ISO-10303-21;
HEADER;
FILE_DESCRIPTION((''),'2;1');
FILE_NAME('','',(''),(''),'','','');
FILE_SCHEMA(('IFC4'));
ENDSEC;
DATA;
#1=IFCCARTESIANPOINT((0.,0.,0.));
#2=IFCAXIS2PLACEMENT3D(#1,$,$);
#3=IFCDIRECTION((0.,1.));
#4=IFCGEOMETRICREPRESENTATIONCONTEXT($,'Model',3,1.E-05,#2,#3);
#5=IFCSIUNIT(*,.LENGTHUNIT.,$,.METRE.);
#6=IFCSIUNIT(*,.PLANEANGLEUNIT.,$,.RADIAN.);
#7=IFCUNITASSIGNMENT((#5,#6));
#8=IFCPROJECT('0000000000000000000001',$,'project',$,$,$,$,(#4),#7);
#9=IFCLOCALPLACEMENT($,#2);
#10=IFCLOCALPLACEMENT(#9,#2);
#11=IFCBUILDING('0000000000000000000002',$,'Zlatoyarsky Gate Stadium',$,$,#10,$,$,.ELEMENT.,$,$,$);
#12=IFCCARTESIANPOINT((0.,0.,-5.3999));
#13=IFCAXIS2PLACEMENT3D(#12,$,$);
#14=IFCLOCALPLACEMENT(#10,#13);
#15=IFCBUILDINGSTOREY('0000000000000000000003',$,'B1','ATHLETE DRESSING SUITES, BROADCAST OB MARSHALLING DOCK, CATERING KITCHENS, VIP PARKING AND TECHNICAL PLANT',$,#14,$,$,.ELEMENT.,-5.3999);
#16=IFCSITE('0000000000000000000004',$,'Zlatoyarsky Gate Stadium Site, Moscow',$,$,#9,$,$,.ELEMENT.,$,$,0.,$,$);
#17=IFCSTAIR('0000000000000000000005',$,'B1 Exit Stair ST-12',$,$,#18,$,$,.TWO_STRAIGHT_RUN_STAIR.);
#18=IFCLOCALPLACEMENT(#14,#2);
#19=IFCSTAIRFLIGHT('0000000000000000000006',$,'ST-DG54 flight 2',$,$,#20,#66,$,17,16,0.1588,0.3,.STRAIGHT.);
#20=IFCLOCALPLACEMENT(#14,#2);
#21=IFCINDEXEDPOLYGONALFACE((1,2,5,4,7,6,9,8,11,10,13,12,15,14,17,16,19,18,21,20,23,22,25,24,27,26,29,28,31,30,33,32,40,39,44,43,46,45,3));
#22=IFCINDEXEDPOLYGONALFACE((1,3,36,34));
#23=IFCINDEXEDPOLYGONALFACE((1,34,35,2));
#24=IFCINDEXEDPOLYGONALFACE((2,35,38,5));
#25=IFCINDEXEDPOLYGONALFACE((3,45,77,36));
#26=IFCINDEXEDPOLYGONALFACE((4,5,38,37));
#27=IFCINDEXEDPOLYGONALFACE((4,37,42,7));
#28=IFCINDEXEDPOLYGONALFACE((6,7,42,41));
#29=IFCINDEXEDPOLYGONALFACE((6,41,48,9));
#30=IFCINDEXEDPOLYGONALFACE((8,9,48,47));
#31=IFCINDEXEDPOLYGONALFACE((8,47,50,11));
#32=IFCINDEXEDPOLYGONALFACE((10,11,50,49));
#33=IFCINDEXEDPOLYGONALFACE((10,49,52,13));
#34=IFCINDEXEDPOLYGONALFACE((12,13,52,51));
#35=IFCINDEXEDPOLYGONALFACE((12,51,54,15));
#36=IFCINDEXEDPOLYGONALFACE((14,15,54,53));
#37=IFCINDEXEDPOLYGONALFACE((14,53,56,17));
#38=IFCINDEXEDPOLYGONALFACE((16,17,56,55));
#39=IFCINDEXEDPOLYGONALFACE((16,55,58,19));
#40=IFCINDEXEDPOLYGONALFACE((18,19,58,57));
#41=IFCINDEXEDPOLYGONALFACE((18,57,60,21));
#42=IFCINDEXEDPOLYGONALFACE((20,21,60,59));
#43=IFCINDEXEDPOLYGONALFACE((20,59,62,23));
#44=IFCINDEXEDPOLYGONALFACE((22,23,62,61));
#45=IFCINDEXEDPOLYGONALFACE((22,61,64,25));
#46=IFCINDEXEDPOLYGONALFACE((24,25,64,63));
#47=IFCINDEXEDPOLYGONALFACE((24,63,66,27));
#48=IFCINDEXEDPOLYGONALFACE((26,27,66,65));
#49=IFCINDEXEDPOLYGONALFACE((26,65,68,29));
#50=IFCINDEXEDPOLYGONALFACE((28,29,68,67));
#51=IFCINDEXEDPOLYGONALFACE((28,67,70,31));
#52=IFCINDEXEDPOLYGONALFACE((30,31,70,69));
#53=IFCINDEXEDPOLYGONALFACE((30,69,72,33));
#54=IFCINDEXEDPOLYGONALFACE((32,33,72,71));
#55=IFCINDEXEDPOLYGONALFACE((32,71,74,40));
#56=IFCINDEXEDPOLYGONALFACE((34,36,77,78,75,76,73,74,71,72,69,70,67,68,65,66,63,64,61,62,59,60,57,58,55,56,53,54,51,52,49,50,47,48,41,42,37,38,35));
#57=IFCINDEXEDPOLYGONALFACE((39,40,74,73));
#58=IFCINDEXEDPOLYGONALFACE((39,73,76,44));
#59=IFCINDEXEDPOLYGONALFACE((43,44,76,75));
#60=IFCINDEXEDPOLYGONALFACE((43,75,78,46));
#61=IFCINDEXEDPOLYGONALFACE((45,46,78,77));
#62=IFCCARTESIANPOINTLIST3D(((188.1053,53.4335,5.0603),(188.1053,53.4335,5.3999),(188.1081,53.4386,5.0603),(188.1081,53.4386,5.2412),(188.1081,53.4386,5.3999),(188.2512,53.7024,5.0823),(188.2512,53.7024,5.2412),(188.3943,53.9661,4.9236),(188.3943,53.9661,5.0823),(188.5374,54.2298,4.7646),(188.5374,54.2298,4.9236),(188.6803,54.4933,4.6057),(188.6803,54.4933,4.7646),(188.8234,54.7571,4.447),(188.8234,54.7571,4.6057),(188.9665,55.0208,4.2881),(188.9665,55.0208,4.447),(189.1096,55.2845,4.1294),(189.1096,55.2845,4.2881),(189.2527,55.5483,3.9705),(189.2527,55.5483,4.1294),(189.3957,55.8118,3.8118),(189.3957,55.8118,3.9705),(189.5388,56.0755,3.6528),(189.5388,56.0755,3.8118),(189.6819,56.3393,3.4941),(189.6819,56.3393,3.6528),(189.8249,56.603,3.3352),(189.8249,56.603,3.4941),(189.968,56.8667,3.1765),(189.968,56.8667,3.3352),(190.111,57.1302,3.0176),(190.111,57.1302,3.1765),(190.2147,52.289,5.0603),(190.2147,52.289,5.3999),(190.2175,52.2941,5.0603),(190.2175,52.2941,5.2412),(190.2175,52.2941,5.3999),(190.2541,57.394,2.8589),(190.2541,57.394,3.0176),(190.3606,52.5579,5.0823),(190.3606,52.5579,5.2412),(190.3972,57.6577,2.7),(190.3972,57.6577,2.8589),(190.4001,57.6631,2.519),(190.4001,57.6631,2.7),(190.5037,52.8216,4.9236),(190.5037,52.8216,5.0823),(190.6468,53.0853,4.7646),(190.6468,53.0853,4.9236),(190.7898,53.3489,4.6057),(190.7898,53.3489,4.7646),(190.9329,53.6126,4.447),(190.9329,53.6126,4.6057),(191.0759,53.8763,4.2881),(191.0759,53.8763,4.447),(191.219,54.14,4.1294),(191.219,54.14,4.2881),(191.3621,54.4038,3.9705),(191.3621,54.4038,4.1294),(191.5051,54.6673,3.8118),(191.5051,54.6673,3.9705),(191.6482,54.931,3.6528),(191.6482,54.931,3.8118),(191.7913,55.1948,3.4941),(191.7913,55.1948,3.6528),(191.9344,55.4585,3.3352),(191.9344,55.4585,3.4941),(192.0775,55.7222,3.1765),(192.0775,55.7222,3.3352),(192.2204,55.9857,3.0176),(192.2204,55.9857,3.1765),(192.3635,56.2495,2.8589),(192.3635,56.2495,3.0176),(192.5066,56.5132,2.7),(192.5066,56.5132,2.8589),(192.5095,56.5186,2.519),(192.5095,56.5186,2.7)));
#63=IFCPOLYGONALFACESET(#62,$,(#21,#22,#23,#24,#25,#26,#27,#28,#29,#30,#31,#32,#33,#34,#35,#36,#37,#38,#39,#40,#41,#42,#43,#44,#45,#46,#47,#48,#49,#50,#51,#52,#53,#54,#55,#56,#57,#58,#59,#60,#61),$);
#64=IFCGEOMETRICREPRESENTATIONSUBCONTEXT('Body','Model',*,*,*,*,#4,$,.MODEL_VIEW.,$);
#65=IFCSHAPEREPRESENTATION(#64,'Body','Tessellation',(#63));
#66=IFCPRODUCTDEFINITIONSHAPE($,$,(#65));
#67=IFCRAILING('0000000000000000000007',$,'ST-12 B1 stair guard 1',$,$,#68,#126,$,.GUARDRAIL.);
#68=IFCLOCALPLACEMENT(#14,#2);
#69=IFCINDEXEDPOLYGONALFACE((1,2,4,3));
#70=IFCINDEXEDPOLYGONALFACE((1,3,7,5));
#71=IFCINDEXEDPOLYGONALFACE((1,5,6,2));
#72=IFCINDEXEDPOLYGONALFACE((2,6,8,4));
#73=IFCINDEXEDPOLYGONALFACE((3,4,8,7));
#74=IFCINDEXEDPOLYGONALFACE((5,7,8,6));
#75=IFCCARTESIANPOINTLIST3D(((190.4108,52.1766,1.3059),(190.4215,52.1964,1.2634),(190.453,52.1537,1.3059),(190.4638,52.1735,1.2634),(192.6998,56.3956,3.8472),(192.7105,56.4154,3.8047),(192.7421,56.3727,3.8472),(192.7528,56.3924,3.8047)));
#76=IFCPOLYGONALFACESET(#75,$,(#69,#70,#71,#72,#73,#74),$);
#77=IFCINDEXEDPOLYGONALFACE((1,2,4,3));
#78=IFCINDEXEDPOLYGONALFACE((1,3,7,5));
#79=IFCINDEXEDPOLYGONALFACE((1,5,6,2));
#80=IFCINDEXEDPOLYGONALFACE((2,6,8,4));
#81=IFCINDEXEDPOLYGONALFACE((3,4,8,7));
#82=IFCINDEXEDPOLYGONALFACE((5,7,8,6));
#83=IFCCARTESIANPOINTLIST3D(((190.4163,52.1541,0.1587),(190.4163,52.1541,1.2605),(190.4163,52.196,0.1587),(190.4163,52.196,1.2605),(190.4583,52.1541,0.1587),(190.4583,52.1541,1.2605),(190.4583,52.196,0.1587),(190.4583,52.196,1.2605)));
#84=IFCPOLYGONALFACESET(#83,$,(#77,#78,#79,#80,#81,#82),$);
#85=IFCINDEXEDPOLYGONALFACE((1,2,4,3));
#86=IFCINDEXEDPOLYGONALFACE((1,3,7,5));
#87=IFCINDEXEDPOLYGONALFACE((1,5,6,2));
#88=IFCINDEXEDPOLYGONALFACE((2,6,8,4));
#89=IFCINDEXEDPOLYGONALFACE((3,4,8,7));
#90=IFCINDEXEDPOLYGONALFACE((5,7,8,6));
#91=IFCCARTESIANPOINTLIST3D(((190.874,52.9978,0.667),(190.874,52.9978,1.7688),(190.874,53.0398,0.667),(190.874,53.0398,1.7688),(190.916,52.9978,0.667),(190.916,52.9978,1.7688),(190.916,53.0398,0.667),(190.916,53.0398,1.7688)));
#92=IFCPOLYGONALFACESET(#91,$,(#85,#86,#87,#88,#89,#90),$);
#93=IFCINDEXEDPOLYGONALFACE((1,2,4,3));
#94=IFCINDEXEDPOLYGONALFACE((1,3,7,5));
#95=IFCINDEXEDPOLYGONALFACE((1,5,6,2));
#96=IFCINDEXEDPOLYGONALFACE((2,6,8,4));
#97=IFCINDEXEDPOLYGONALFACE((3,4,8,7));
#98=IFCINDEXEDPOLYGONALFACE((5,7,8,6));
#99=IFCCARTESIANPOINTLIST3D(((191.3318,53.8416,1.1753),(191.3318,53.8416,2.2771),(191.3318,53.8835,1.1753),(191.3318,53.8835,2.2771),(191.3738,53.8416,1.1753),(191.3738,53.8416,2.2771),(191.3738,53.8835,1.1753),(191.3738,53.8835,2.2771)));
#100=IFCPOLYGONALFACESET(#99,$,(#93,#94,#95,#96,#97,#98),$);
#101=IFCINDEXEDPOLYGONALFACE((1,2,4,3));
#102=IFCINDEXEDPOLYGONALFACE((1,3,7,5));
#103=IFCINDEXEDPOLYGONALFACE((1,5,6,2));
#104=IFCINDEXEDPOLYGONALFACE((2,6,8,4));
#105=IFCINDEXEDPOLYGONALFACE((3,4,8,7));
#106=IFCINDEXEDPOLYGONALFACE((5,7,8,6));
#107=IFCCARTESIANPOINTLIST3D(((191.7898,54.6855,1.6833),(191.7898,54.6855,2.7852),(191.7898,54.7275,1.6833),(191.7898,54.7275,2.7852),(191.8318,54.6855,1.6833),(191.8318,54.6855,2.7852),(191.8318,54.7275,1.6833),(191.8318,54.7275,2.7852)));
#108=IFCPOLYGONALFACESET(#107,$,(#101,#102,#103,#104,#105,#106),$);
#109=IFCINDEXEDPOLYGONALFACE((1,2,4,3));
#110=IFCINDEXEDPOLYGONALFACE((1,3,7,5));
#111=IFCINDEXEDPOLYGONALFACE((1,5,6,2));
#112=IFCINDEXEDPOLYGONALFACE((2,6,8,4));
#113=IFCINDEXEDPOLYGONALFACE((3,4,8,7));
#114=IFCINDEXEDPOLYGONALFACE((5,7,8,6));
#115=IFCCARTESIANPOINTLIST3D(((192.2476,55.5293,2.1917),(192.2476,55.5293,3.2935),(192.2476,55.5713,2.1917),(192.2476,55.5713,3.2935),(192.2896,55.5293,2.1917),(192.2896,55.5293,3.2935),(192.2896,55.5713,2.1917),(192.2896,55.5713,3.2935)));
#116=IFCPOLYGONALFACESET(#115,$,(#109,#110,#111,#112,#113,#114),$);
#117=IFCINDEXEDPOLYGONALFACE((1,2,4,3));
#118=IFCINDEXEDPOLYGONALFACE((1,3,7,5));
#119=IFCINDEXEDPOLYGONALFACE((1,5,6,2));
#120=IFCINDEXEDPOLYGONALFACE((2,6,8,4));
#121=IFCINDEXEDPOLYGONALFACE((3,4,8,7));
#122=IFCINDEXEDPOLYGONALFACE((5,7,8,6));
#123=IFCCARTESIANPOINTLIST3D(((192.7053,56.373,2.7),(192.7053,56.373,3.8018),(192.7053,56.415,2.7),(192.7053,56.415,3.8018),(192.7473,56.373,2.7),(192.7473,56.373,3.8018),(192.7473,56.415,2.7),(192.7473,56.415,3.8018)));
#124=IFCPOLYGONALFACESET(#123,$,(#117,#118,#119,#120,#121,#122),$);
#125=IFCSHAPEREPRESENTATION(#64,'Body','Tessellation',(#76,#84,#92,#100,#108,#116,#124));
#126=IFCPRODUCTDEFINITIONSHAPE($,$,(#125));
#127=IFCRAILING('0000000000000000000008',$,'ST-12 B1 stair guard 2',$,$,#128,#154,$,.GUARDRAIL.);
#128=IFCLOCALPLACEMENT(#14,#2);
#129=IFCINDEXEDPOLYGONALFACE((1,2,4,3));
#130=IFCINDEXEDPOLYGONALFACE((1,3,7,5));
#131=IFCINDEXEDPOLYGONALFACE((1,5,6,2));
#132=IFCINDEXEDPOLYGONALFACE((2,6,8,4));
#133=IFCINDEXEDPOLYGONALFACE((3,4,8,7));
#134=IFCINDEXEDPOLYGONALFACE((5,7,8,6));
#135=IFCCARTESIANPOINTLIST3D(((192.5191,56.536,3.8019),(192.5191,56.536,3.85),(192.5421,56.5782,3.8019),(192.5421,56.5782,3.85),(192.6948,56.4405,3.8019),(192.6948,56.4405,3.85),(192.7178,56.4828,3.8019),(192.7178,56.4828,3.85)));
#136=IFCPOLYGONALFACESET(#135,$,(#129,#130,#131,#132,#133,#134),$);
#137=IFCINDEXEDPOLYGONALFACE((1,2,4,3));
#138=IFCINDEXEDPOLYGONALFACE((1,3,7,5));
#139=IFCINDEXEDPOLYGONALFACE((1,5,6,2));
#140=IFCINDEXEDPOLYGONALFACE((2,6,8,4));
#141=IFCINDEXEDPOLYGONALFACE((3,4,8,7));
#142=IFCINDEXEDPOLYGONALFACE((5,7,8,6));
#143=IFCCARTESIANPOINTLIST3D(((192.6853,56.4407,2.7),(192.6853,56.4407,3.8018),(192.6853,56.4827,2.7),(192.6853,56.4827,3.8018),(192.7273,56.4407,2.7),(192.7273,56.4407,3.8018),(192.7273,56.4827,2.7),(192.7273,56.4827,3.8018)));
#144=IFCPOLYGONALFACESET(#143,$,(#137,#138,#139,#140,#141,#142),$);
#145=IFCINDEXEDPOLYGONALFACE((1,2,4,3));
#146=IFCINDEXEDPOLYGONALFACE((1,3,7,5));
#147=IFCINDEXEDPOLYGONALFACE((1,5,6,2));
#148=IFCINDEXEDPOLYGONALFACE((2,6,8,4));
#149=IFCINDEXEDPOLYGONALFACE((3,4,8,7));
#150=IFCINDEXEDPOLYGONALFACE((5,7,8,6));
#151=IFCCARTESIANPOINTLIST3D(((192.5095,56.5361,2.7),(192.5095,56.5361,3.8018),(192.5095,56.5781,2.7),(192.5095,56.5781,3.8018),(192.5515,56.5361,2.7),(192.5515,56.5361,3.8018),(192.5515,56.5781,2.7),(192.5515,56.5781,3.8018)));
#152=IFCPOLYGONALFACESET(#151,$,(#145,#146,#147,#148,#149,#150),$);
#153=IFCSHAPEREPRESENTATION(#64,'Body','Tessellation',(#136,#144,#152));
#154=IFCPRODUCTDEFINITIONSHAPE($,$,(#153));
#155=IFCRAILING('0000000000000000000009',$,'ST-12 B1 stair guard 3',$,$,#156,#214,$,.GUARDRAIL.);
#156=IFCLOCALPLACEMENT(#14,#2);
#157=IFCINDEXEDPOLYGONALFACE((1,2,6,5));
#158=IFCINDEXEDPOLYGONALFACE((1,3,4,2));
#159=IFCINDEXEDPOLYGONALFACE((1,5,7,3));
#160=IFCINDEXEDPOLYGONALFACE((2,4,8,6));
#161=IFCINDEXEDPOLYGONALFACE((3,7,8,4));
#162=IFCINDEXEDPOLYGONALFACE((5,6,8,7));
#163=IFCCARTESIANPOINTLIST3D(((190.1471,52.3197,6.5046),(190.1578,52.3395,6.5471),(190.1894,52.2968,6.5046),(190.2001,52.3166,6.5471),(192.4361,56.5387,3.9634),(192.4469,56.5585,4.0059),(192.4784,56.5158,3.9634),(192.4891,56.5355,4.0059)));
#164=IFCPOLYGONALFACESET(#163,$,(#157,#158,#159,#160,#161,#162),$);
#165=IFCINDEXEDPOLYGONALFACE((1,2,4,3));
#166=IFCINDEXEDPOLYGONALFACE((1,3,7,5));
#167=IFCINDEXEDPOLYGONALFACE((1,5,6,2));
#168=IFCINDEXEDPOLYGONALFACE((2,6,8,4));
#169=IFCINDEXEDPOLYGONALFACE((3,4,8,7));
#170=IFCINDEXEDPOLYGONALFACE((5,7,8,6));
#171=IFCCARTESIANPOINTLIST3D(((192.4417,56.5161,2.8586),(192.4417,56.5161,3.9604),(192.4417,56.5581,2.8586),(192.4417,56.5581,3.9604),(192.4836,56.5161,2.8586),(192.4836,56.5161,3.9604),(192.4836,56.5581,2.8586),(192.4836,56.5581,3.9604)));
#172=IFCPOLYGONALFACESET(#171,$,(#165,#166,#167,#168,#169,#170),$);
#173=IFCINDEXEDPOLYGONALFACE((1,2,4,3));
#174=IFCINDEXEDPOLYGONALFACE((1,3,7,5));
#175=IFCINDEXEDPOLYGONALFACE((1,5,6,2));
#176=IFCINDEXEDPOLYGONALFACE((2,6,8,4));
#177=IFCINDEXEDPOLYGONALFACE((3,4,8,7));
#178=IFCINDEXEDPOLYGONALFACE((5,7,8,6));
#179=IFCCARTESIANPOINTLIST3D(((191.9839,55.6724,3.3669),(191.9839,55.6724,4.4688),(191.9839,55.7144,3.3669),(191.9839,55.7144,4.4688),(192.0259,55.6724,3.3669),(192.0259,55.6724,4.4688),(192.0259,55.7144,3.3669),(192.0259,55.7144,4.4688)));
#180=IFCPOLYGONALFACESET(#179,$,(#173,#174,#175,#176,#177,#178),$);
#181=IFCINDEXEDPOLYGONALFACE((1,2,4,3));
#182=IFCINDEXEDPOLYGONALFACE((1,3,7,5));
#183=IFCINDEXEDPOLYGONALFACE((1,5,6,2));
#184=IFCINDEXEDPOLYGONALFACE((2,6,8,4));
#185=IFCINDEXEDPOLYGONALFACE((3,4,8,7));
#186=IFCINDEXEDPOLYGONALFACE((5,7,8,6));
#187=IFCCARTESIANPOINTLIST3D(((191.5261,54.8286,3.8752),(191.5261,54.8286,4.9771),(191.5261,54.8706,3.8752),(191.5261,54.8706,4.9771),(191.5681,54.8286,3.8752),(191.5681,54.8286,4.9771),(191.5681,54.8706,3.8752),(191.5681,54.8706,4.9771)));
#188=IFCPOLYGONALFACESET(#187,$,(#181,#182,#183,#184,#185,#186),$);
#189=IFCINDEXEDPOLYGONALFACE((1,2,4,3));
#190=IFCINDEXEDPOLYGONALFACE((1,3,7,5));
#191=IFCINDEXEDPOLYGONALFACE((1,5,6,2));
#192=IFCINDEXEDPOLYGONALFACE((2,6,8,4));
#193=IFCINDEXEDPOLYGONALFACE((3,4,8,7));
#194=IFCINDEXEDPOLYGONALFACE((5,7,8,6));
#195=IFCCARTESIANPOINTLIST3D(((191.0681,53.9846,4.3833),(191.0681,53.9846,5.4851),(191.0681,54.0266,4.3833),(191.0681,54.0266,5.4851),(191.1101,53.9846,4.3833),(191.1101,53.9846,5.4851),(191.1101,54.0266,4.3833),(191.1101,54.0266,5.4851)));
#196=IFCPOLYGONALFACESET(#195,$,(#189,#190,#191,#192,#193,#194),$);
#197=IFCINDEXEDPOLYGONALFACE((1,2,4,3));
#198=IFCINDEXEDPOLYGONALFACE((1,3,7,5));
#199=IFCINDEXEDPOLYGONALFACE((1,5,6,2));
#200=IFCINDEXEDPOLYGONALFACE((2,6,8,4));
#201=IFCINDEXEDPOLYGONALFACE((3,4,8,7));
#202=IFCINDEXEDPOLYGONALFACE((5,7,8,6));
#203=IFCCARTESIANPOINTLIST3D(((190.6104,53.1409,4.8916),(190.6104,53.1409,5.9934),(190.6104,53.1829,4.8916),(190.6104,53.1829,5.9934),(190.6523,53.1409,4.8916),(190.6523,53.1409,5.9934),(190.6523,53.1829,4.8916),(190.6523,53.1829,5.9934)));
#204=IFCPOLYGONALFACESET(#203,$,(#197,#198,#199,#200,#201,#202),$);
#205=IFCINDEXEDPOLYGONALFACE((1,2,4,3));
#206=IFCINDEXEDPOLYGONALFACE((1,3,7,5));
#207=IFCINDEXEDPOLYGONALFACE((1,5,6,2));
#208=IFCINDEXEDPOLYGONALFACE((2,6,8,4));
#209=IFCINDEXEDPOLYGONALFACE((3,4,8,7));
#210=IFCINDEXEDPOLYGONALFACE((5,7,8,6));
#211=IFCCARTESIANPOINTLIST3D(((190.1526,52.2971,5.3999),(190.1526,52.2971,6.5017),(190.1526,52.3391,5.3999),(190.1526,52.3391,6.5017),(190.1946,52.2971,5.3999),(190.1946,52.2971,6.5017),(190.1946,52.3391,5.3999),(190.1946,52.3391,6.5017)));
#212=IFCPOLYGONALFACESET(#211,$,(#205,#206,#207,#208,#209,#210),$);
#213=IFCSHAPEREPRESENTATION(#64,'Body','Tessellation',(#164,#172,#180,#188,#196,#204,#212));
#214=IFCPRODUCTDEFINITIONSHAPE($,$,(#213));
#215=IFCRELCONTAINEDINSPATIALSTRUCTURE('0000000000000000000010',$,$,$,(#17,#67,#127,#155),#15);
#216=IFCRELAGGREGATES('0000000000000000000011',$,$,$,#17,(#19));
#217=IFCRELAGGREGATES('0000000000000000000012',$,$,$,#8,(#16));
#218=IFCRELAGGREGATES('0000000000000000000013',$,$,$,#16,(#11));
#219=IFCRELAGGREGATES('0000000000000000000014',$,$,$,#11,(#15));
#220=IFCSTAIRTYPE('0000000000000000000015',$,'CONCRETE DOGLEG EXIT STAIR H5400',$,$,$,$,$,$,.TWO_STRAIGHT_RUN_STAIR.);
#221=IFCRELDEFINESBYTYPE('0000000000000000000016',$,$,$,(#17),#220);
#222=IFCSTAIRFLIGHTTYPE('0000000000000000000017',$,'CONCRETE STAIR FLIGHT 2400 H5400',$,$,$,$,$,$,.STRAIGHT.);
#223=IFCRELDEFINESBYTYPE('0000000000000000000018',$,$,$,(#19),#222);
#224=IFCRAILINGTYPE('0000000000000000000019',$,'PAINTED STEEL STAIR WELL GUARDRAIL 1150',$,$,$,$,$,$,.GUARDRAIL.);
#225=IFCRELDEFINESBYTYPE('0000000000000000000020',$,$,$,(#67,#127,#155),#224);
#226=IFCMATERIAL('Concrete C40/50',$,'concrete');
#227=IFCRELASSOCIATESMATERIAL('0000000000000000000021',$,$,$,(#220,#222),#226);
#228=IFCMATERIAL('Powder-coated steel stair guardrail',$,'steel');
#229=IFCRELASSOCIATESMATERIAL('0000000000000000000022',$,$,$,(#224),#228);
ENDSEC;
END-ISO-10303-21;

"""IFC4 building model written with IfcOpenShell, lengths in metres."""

from ifc_helpers import new_model, si_unit, direction, frame, origin, origin_2d, place, context, subcontext, project, spatial, polyline, rectangle, outline, extrude, material, type_object, element, aggregate, save


model = new_model("IFC4")

# Units and contexts
model_context = context("Model", 3, precision=1e-05, world=origin(), true_north=direction((0.0, 1.0)))
body_context = subcontext(model_context, "Body", "Model", "MODEL_VIEW")
ifc_project = project(units=[si_unit("LENGTHUNIT", "METRE"), si_unit("PLANEANGLEUNIT", "RADIAN")], contexts=[model_context])

# Site, building, storey
site_placement = place(None, origin())
site = spatial("IfcSite", under=ifc_project, at=site_placement, Name="Zlatoyarsky Gate Stadium Site, Moscow", CompositionType="ELEMENT", RefElevation=0.0)
building_placement = place(site_placement, origin())
building = spatial("IfcBuilding", under=site, at=building_placement, Name="Zlatoyarsky Gate Stadium", CompositionType="ELEMENT")
storey_placement = place(building_placement, frame((0.0, 0.0, -5.3999)))
storey = spatial("IfcBuildingStorey", under=building, at=storey_placement, Name="B1", Description="ATHLETE DRESSING SUITES, BROADCAST OB MARSHALLING DOCK, CATERING KITCHENS, VIP PARKING AND TECHNICAL PLANT", CompositionType="ELEMENT", Elevation=-5.3999)

# Shared definitions
ifc_material_1 = material(Name="Concrete C40/50", Category="concrete")

# Stair, stair flight
stair_type = type_object("IfcStairType", Name="CONCRETE DOGLEG EXIT STAIR H5400", PredefinedType="TWO_STRAIGHT_RUN_STAIR", material=ifc_material_1)
stair_placement = place(storey_placement, origin())
stair = element("IfcStair", 1, at=stair_placement, inside=storey, type_object=stair_type, Name="B1 Exit Stair ST-12", PredefinedType="TWO_STRAIGHT_RUN_STAIR")
stair_flight_type = type_object("IfcStairFlightType", Name="CONCRETE STAIR FLIGHT 2400 H5400", PredefinedType="STRAIGHT", material=ifc_material_1)
stair_flight_1_placement = place(storey_placement, frame((191.4519, 57.0854, 2.7), z_axis=(0.0, 0.0, 1.0), x_axis=(-0.47689, -0.878963, 0.0)))
stair_flight_1 = element("IfcStairFlight", 2, at=stair_flight_1_placement, type_object=stair_flight_type, Name="ST-DG54 flight 2", NumberOfRisers=17, NumberOfTreads=16, PredefinedType="STRAIGHT", RiserHeight=0.1588, TreadLength=0.3, context=body_context, shape_type="SweptSolid", body=[
    extrude(outline(polyline([(-0.0061, -0.1809), (-0.0061, 0.0), (0.0, 0.0), (0.0, 0.1589), (0.3, 0.1589), (0.3, 0.3176), (0.6001, 0.3176), (0.6001, 0.4766), (0.8999, 0.4766), (0.8999, 0.6353), (1.2, 0.6353), (1.2, 0.7942), (1.5, 0.7942), (1.5, 0.9529), (1.8, 0.9529), (1.8, 1.1118), (2.1001, 1.1118), (2.1001, 1.2705), (2.3999, 1.2705), (2.3999, 1.4294), (2.7, 1.4294), (2.7, 1.5881), (3.0, 1.5881), (3.0, 1.7471), (3.3, 1.7471), (3.3, 1.9058), (3.6001, 1.9058), (3.6001, 2.0647), (3.8999, 2.0647), (3.8999, 2.2236), (4.2, 2.2236), (4.2, 2.3823), (4.5, 2.3823), (4.5, 2.5413), (4.8, 2.5413), (4.8, 2.7), (4.8059, 2.7), (4.8059, 2.3604), (4.8, 2.3604), (-0.0061, -0.1809)])), frame((0.0, 1.2, 0.0), z_axis=(0.0, -1.0, 0.0), x_axis=(1.0, 0.0, 0.0)), (0.0, 0.0, 1.0), 2.3999),
])
aggregate(stair, [stair_flight_1])

# Railings
ifc_material_2 = material(Name="Powder-coated steel stair guardrail", Category="steel")
railing_type_1 = type_object("IfcRailingType", Name="PAINTED STEEL STAIR WELL GUARDRAIL 1150", PredefinedType="GUARDRAIL", material=ifc_material_2)
railing_1_placement = place(storey_placement, frame((190.4373, 52.175, 0.1587)))
element("IfcRailing", 3, at=railing_1_placement, inside=storey, type_object=railing_type_1, Name="ST-12 B1 stair guard 1", PredefinedType="GUARDRAIL", context=body_context, shape_type="SweptSolid", body=[
    extrude(rectangle(XDim=0.0481, YDim=0.0481, at=origin_2d()), frame((0.0, 0.0, 1.126), z_axis=(0.421467, 0.77681, 0.467902), x_axis=(-0.878962, 0.476891, 0.0)), (0.0, 0.0, 1.0), 5.4312),
    extrude(rectangle(XDim=0.042, YDim=0.042, at=origin_2d()), origin(), (0.0, 0.0, 1.0), 1.1018),
    extrude(rectangle(XDim=0.042, YDim=0.042, at=origin_2d()), frame((0.4578, 0.8438, 0.5083)), (0.0, 0.0, 1.0), 1.1018),
    extrude(rectangle(XDim=0.042, YDim=0.042, at=origin_2d()), frame((0.9155, 1.6875, 1.0166)), (0.0, 0.0, 1.0), 1.1018),
    extrude(rectangle(XDim=0.042, YDim=0.042, at=origin_2d()), frame((1.3735, 2.5315, 1.5247)), (0.0, 0.0, 1.0), 1.1018),
    extrude(rectangle(XDim=0.042, YDim=0.042, at=origin_2d()), frame((1.8313, 3.3752, 2.033)), (0.0, 0.0, 1.0), 1.1018),
    extrude(rectangle(XDim=0.042, YDim=0.042, at=origin_2d()), frame((2.2891, 4.219, 2.5413)), (0.0, 0.0, 1.0), 1.1018),
])
railing_2_placement = place(storey_placement, frame((192.7063, 56.4617, 2.7)))
element("IfcRailing", 4, at=railing_2_placement, inside=storey, type_object=railing_type_1, Name="ST-12 B1 stair guard 2", PredefinedType="GUARDRAIL", context=body_context, shape_type="SweptSolid", body=[
    extrude(rectangle(XDim=0.0481, YDim=0.0481, at=origin_2d()), frame((0.0, 0.0, 1.126), z_axis=(-0.87878, 0.477227, 0.0), x_axis=(-0.477227, -0.87878, 0.0)), (0.0, 0.0, 1.0), 0.2),
    extrude(rectangle(XDim=0.042, YDim=0.042, at=origin_2d()), origin(), (0.0, 0.0, 1.0), 1.1018),
    extrude(rectangle(XDim=0.042, YDim=0.042, at=origin_2d()), frame((-0.1758, 0.0955, 0.0)), (0.0, 0.0, 1.0), 1.1018),
])
railing_3_placement = place(storey_placement, frame((192.4626, 56.5371, 2.8586)))
element("IfcRailing", 5, at=railing_3_placement, inside=storey, type_object=railing_type_1, Name="ST-12 B1 stair guard 3", PredefinedType="GUARDRAIL", context=body_context, shape_type="SweptSolid", body=[
    extrude(rectangle(XDim=0.0481, YDim=0.0481, at=origin_2d()), frame((0.0, 0.0, 1.126), z_axis=(-0.421467, -0.77681, 0.467902), x_axis=(0.878962, -0.476891, 0.0)), (0.0, 0.0, 1.0), 5.4312),
    extrude(rectangle(XDim=0.042, YDim=0.042, at=origin_2d()), origin(), (0.0, 0.0, 1.0), 1.1018),
    extrude(rectangle(XDim=0.042, YDim=0.042, at=origin_2d()), frame((-0.4578, -0.8438, 0.5083)), (0.0, 0.0, 1.0), 1.1018),
    extrude(rectangle(XDim=0.042, YDim=0.042, at=origin_2d()), frame((-0.9155, -1.6875, 1.0166)), (0.0, 0.0, 1.0), 1.1018),
    extrude(rectangle(XDim=0.042, YDim=0.042, at=origin_2d()), frame((-1.3735, -2.5315, 1.5247)), (0.0, 0.0, 1.0), 1.1018),
    extrude(rectangle(XDim=0.042, YDim=0.042, at=origin_2d()), frame((-1.8313, -3.3752, 2.033)), (0.0, 0.0, 1.0), 1.1018),
    extrude(rectangle(XDim=0.042, YDim=0.042, at=origin_2d()), frame((-2.2891, -4.219, 2.5413)), (0.0, 0.0, 1.0), 1.1018),
])

save(model, "model.ifc")
